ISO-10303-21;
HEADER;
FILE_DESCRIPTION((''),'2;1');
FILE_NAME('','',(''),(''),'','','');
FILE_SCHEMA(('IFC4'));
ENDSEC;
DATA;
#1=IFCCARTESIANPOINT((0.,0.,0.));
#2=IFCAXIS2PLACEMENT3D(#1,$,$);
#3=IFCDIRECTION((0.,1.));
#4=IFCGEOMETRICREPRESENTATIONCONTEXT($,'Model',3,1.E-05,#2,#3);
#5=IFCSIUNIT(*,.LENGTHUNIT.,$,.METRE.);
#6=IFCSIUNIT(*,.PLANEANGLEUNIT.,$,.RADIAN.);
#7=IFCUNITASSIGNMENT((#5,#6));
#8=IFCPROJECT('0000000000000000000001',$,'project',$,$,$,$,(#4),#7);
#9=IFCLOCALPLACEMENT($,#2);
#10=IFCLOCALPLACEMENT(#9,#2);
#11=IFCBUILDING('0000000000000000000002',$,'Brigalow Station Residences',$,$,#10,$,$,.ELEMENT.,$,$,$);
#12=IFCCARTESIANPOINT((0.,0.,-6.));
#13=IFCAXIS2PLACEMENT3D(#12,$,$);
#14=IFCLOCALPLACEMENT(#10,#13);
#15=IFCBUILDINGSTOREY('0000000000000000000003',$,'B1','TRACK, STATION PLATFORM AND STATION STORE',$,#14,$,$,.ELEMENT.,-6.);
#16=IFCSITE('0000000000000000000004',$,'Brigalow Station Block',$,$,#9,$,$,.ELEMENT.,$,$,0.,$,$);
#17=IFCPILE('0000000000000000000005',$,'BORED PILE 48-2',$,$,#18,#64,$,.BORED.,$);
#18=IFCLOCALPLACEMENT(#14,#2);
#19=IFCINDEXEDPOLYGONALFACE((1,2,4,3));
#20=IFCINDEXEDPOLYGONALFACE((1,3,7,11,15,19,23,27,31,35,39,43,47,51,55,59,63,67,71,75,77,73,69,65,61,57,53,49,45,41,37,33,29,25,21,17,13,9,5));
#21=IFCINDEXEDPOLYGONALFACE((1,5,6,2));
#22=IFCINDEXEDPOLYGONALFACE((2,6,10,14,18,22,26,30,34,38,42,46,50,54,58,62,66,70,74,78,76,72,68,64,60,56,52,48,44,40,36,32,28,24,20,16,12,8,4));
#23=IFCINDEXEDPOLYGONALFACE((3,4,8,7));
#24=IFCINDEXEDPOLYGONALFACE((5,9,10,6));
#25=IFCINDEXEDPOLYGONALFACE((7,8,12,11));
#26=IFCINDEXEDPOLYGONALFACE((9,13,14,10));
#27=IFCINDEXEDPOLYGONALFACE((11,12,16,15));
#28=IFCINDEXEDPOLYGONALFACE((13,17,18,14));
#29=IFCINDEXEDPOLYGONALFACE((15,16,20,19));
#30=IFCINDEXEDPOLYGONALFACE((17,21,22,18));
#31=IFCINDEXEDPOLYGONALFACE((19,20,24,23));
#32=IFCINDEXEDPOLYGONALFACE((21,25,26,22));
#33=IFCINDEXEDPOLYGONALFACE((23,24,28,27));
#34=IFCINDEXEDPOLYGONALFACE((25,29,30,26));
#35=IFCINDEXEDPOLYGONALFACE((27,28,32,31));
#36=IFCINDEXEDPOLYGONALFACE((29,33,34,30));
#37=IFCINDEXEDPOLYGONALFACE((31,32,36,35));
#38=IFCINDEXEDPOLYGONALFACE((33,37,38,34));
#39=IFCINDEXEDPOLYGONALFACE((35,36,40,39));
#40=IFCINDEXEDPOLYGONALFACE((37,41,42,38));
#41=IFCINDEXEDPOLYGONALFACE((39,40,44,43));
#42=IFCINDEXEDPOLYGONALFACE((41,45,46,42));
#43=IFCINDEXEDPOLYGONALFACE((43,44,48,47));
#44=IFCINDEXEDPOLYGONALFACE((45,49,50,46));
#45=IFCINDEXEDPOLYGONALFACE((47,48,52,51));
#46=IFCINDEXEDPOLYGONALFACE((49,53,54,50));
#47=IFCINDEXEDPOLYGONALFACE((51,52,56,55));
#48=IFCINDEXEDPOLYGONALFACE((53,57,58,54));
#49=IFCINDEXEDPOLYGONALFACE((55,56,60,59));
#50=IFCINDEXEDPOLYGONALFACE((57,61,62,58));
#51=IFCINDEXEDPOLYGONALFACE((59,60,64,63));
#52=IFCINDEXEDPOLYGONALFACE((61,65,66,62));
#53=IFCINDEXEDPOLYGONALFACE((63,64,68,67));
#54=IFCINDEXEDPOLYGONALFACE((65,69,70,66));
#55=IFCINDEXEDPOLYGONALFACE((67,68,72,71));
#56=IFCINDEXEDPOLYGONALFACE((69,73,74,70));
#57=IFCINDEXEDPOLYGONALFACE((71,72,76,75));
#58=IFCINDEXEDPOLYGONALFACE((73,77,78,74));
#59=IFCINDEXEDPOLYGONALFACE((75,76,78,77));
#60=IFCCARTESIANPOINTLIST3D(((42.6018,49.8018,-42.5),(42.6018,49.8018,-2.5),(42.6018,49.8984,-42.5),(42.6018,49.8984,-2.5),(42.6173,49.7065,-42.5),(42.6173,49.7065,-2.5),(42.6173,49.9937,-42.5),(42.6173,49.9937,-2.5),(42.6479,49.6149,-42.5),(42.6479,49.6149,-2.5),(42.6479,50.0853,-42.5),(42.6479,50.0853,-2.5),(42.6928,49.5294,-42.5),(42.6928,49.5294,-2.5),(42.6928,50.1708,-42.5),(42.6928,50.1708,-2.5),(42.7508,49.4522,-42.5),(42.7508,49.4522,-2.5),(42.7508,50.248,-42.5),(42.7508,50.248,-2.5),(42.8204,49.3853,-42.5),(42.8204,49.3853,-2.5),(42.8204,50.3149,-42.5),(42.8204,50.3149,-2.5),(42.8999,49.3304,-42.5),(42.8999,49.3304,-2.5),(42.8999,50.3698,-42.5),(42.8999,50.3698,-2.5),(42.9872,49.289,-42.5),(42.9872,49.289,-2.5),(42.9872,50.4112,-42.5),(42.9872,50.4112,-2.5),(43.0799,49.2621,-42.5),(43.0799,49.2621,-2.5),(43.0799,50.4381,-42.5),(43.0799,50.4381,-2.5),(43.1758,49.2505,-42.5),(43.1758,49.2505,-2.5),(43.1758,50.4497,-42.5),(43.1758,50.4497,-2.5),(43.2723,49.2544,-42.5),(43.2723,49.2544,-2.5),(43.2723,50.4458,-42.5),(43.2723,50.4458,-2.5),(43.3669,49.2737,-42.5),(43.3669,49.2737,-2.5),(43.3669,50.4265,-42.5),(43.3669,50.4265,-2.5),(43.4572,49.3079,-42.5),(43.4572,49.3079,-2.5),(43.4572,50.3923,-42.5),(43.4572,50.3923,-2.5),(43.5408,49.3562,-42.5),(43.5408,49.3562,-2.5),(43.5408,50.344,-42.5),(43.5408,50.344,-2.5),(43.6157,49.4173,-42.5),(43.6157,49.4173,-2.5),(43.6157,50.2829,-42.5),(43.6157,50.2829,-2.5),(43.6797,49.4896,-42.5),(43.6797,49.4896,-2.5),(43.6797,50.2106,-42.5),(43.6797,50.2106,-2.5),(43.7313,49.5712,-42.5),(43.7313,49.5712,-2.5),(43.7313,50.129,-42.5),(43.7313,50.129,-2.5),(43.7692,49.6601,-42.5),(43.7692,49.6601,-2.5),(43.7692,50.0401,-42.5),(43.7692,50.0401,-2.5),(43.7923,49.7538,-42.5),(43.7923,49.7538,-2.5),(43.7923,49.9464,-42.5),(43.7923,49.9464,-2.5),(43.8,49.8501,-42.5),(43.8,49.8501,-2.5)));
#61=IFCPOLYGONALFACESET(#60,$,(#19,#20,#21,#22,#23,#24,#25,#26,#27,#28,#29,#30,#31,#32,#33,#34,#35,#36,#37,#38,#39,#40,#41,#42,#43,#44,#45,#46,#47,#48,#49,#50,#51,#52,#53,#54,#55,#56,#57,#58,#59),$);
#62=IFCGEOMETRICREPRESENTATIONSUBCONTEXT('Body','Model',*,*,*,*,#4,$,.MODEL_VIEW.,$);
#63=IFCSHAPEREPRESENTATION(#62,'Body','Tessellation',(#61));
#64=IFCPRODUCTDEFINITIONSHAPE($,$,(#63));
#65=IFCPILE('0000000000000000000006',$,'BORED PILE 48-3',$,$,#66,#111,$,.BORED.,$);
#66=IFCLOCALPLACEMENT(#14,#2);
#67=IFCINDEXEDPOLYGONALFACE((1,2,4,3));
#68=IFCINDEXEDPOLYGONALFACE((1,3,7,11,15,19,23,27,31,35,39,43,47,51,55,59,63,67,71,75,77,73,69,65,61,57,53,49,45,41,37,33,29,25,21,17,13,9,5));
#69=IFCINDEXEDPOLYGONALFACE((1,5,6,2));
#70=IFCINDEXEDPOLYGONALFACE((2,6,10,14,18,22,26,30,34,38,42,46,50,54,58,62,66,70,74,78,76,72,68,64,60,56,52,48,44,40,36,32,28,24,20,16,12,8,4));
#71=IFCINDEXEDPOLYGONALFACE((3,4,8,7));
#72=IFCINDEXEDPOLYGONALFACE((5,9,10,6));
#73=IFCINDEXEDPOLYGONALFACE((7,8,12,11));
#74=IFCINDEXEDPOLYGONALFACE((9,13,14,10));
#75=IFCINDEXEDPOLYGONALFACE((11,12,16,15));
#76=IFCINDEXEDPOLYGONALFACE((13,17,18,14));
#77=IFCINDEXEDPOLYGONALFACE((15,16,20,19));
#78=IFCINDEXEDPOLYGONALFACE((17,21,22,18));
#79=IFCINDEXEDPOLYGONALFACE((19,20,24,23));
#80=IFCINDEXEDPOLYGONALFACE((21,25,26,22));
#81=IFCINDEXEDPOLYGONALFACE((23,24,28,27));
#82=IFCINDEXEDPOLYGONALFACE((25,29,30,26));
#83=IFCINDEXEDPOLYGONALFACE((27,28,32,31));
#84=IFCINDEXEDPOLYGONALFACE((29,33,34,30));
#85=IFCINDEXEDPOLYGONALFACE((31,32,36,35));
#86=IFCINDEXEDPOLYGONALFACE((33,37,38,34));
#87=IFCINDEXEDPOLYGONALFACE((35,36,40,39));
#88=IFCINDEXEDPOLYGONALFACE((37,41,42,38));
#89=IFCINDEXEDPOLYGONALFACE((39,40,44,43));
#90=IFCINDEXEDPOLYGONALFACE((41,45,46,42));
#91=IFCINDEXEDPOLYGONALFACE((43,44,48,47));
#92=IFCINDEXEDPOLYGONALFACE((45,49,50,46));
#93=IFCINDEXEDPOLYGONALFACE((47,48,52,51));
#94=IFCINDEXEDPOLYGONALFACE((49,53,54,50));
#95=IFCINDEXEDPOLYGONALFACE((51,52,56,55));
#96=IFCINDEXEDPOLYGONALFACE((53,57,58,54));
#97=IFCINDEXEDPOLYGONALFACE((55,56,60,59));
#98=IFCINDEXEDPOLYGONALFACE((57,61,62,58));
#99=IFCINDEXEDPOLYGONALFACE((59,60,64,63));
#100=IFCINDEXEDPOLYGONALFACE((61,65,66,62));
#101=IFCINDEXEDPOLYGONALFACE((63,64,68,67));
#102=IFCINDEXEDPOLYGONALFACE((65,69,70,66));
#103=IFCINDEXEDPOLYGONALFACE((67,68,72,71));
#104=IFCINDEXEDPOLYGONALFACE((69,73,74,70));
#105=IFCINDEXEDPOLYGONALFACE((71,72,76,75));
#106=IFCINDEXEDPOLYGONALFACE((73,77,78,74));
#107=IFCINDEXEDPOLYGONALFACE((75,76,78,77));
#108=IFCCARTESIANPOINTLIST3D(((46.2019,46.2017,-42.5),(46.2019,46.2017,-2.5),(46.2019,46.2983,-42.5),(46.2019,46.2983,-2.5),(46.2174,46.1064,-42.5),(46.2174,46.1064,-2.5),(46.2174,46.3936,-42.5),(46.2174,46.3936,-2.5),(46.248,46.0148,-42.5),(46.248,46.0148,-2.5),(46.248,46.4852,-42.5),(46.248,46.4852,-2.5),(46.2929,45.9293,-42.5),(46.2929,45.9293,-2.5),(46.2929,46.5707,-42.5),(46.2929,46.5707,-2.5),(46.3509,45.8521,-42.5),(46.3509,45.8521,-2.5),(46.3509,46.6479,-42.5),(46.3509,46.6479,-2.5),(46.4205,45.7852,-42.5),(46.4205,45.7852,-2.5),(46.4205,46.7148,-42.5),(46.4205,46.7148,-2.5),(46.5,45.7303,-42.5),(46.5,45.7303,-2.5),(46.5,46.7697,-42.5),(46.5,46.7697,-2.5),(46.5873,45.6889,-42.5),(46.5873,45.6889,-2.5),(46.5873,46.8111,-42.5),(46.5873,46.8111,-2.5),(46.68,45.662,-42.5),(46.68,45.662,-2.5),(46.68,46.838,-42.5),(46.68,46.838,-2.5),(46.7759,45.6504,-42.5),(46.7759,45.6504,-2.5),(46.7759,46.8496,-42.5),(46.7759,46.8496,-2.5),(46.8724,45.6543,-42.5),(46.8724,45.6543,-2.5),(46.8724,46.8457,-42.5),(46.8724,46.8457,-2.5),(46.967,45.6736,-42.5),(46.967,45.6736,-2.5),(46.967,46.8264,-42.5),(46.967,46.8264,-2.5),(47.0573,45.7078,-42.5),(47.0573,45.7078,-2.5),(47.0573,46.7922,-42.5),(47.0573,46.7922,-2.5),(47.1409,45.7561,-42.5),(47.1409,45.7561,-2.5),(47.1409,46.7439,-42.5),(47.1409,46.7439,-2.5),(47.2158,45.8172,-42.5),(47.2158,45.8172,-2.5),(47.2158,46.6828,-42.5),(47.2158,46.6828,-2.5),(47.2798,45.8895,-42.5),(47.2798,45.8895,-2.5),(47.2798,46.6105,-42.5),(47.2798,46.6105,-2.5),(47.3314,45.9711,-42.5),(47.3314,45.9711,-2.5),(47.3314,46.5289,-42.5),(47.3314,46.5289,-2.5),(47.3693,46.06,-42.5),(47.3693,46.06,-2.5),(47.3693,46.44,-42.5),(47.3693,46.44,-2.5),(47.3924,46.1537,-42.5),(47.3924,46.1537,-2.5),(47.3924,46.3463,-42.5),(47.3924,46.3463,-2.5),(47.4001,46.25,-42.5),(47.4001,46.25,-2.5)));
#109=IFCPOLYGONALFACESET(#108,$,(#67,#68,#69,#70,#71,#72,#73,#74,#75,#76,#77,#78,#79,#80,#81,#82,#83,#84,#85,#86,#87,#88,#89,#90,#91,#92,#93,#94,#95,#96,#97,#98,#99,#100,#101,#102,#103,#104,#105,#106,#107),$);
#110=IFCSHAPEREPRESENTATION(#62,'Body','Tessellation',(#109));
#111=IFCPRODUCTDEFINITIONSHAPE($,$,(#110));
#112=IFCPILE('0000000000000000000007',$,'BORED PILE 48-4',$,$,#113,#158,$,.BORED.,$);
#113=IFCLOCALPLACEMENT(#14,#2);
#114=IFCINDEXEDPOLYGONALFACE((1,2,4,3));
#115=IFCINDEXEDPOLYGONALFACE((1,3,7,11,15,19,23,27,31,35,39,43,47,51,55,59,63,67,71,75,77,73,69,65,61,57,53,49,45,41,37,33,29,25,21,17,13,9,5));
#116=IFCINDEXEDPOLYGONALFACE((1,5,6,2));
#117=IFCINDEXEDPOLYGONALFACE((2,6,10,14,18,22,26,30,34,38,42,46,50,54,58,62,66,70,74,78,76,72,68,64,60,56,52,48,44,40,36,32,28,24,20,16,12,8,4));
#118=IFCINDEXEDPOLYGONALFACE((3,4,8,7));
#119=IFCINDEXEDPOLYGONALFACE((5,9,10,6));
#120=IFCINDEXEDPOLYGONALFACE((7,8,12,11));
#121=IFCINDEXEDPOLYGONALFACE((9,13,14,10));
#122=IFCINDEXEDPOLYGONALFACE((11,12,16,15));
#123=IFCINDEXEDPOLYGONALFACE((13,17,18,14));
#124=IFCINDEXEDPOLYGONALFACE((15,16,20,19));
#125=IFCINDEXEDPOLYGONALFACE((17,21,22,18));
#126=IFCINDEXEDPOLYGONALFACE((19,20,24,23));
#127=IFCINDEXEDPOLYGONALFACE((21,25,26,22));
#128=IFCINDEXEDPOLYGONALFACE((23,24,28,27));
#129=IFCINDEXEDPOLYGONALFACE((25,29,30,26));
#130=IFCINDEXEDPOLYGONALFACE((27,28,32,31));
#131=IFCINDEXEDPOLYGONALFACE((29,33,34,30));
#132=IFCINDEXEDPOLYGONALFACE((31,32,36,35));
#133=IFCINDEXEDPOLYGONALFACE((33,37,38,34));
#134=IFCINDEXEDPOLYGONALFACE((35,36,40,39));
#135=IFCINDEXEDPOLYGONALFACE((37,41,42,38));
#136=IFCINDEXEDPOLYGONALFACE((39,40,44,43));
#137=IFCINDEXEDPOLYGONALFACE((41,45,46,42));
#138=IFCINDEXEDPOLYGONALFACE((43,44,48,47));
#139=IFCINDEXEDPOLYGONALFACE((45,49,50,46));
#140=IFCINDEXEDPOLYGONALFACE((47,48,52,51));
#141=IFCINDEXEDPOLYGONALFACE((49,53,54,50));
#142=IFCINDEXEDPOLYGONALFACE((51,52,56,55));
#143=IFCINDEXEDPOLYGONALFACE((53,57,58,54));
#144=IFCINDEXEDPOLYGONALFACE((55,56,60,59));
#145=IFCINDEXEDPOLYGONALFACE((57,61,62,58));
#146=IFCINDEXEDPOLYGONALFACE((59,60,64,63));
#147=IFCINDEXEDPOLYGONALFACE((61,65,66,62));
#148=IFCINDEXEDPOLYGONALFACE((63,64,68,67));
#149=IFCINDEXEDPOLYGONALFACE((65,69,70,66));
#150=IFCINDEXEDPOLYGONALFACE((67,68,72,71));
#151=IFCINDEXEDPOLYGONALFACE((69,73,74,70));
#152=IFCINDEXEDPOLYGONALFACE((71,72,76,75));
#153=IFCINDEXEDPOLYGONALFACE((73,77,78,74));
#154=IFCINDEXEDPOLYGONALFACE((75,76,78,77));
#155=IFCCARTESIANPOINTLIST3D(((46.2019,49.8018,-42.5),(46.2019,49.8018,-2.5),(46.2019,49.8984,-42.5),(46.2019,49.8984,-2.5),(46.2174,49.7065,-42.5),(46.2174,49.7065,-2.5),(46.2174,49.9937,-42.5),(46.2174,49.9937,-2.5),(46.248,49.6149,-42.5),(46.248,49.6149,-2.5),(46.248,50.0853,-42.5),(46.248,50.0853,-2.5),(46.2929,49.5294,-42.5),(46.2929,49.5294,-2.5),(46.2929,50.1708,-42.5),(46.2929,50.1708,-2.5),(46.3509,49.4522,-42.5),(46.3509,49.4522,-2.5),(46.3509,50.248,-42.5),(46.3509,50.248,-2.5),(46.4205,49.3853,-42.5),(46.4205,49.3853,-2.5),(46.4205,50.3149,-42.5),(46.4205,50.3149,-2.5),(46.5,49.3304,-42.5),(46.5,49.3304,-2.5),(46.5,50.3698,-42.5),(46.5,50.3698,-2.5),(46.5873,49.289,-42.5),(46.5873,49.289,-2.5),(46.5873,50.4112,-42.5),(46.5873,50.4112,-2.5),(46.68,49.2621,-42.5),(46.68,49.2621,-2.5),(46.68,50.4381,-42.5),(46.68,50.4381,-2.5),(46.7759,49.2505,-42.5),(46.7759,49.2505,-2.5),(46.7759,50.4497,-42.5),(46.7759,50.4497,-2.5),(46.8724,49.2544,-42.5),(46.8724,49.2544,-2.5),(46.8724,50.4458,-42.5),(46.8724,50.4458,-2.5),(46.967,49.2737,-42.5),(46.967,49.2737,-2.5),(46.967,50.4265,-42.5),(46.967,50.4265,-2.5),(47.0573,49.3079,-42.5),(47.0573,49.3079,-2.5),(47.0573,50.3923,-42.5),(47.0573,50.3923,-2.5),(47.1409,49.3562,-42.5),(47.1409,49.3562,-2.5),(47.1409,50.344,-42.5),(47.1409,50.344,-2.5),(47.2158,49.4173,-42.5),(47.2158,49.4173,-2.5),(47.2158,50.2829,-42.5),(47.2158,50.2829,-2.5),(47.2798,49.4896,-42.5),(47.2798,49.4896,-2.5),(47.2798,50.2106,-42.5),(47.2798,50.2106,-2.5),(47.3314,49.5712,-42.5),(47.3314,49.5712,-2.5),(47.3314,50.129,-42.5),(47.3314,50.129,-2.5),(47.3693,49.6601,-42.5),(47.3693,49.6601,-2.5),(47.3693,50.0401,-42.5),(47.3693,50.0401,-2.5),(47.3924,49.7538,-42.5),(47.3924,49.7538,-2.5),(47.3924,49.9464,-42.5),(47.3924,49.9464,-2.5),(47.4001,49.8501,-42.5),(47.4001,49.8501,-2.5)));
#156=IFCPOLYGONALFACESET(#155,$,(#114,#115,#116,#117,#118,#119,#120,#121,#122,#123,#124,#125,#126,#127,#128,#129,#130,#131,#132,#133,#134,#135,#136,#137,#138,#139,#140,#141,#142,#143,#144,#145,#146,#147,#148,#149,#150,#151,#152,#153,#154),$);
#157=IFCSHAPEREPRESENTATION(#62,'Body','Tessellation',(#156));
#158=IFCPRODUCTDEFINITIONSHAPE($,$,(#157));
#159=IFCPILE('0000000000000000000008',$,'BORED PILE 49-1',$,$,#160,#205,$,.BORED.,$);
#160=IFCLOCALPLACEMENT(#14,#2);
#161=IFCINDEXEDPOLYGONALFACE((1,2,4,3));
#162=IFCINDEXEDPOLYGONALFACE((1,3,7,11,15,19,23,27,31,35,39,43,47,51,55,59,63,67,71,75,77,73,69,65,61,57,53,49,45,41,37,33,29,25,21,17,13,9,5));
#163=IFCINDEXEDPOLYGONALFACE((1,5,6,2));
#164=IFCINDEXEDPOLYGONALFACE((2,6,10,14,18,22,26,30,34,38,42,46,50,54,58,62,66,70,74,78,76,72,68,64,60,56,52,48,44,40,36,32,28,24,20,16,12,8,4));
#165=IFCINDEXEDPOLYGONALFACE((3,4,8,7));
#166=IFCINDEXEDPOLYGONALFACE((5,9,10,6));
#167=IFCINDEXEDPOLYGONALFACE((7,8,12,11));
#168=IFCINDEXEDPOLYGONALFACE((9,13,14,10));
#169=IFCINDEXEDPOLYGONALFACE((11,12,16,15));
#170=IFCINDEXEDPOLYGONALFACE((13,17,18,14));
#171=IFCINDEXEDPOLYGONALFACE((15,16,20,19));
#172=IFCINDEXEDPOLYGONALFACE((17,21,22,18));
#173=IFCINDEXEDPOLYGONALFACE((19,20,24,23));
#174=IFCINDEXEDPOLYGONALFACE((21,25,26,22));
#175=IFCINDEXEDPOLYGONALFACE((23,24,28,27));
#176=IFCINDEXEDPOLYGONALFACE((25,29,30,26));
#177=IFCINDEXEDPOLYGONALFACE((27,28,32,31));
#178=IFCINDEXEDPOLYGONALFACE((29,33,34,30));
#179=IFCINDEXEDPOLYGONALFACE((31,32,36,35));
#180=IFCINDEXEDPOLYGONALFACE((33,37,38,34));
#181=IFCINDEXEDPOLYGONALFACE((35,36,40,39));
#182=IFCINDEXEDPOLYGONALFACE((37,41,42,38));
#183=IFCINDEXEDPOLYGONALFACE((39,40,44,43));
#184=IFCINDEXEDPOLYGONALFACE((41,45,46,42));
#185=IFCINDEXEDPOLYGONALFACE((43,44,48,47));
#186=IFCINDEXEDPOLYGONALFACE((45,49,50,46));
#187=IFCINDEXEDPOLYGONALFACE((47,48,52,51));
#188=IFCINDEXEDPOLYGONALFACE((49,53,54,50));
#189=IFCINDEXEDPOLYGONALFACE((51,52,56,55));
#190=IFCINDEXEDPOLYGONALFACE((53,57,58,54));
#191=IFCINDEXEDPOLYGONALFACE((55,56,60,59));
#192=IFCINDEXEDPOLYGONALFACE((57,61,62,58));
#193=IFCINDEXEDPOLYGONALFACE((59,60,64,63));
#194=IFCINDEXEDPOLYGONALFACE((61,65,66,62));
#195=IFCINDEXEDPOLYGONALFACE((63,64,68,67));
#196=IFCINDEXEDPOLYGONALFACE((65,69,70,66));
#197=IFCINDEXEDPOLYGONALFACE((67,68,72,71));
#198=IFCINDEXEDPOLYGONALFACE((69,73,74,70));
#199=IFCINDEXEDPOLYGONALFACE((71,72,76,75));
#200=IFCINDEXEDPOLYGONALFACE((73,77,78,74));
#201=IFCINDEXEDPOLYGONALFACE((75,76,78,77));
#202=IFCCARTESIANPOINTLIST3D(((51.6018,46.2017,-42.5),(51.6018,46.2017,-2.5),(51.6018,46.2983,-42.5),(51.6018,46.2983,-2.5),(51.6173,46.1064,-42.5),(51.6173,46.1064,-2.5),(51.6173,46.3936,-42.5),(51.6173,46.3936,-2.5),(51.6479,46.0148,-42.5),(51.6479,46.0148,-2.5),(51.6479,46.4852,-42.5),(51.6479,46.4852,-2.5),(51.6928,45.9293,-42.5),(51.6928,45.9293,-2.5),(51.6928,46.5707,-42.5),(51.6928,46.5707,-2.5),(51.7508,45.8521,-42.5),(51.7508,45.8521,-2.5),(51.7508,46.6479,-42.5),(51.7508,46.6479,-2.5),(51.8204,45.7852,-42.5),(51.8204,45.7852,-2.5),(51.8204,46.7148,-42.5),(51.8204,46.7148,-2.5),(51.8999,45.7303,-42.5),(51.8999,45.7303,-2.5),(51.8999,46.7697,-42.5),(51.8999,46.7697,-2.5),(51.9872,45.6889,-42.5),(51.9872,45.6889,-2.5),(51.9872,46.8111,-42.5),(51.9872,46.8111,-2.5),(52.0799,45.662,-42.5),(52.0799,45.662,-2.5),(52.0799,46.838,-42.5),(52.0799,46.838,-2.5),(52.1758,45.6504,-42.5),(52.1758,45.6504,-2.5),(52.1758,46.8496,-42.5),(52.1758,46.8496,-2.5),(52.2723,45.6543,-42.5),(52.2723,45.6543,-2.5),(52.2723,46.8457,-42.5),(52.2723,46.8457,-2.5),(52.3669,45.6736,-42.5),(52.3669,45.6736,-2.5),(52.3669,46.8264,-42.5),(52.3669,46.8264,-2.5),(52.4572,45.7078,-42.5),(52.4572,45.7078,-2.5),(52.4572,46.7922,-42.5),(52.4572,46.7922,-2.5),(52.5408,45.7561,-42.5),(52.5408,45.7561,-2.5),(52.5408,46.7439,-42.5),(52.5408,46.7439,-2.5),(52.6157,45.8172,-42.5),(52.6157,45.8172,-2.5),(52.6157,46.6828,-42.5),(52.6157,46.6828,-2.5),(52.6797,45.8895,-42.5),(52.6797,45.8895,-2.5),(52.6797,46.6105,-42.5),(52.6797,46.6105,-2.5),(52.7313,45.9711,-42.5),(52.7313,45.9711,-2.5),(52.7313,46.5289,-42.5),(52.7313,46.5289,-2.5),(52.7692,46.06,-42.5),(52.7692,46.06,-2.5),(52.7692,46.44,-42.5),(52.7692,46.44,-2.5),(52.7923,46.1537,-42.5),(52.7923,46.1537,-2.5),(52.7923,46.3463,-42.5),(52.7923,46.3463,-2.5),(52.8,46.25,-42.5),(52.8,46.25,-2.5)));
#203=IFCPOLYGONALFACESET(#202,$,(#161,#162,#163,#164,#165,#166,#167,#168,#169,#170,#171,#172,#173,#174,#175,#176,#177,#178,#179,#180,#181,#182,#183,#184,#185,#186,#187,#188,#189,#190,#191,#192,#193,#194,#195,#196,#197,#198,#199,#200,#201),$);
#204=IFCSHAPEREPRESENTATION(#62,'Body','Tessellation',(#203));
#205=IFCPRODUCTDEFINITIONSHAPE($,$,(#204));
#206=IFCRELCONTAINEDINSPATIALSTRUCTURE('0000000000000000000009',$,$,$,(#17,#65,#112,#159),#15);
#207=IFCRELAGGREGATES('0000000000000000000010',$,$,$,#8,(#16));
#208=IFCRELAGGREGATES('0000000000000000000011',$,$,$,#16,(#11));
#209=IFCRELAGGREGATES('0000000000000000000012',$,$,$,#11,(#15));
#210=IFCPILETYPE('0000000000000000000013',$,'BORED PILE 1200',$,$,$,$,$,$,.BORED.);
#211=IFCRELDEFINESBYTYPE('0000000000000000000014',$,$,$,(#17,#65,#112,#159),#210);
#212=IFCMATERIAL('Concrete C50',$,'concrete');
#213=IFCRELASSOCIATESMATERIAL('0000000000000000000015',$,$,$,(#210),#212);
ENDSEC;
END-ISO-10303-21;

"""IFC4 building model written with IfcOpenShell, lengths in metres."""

from ifc_helpers import new_model, si_unit, direction, frame, origin, origin_2d, place, context, subcontext, project, spatial, circle, extrude, material, material_profile, profile_set, type_object, element, save


model = new_model("IFC4")

# Units and contexts
model_context = context("Model", 3, precision=1e-05, world=origin(), true_north=direction((0.0, 1.0)))
body_context = subcontext(model_context, "Body", "Model", "MODEL_VIEW")
ifc_project = project(units=[si_unit("LENGTHUNIT", "METRE"), si_unit("PLANEANGLEUNIT", "RADIAN")], contexts=[model_context])

# Site, building, storey
site_placement = place(None, origin())
site = spatial("IfcSite", under=ifc_project, at=site_placement, Name="Brigalow Station Block", CompositionType="ELEMENT", RefElevation=0.0)
building_placement = place(site_placement, origin())
building = spatial("IfcBuilding", under=site, at=building_placement, Name="Brigalow Station Residences", CompositionType="ELEMENT")
storey_placement = place(building_placement, frame((0.0, 0.0, -6.0)))
storey = spatial("IfcBuildingStorey", under=building, at=storey_placement, Name="B1", Description="TRACK, STATION PLATFORM AND STATION STORE", CompositionType="ELEMENT", Elevation=-6.0)

# Piles
ifc_material_1 = material(Name="Concrete C50", Category="concrete")
ifc_material_profile_1 = material_profile(ifc_material_1, circle(Radius=0.6001, at=origin_2d()), Name="BP1200")
ifc_profile_set_1 = profile_set([ifc_material_profile_1], Name="Concrete C50")
pile_type_1 = type_object("IfcPileType", Name="BORED PILE 1200", PredefinedType="BORED", material=ifc_profile_set_1)
for number, where, z_axis, x_axis, name in (
    (1, (43.2, 49.8501, -2.5), (0.0, 0.0, -1.0), (1.0, 0.0, 0.0), "BORED PILE 48-2"),
    (2, (46.8, 46.25, -2.5), (0.0, 0.0, -1.0), (1.0, 0.0, 0.0), "BORED PILE 48-3"),
    (3, (46.8, 49.8501, -2.5), (0.0, 0.0, -1.0), (1.0, 0.0, 0.0), "BORED PILE 48-4"),
    (4, (52.2, 46.25, -2.5), (0.0, 0.0, -1.0), (1.0, 0.0, 0.0), "BORED PILE 49-1"),
):
    element("IfcPile", number, at=place(storey_placement, frame(where, z_axis=z_axis, x_axis=x_axis)), inside=storey, type_object=pile_type_1, Name=name, PredefinedType="BORED", context=body_context, shape_type="SweptSolid", body=[
        extrude(circle(Radius=0.6001, at=origin_2d()), origin(), (0.0, 0.0, 1.0), 40.0),
    ])

save(model, "model.ifc")
